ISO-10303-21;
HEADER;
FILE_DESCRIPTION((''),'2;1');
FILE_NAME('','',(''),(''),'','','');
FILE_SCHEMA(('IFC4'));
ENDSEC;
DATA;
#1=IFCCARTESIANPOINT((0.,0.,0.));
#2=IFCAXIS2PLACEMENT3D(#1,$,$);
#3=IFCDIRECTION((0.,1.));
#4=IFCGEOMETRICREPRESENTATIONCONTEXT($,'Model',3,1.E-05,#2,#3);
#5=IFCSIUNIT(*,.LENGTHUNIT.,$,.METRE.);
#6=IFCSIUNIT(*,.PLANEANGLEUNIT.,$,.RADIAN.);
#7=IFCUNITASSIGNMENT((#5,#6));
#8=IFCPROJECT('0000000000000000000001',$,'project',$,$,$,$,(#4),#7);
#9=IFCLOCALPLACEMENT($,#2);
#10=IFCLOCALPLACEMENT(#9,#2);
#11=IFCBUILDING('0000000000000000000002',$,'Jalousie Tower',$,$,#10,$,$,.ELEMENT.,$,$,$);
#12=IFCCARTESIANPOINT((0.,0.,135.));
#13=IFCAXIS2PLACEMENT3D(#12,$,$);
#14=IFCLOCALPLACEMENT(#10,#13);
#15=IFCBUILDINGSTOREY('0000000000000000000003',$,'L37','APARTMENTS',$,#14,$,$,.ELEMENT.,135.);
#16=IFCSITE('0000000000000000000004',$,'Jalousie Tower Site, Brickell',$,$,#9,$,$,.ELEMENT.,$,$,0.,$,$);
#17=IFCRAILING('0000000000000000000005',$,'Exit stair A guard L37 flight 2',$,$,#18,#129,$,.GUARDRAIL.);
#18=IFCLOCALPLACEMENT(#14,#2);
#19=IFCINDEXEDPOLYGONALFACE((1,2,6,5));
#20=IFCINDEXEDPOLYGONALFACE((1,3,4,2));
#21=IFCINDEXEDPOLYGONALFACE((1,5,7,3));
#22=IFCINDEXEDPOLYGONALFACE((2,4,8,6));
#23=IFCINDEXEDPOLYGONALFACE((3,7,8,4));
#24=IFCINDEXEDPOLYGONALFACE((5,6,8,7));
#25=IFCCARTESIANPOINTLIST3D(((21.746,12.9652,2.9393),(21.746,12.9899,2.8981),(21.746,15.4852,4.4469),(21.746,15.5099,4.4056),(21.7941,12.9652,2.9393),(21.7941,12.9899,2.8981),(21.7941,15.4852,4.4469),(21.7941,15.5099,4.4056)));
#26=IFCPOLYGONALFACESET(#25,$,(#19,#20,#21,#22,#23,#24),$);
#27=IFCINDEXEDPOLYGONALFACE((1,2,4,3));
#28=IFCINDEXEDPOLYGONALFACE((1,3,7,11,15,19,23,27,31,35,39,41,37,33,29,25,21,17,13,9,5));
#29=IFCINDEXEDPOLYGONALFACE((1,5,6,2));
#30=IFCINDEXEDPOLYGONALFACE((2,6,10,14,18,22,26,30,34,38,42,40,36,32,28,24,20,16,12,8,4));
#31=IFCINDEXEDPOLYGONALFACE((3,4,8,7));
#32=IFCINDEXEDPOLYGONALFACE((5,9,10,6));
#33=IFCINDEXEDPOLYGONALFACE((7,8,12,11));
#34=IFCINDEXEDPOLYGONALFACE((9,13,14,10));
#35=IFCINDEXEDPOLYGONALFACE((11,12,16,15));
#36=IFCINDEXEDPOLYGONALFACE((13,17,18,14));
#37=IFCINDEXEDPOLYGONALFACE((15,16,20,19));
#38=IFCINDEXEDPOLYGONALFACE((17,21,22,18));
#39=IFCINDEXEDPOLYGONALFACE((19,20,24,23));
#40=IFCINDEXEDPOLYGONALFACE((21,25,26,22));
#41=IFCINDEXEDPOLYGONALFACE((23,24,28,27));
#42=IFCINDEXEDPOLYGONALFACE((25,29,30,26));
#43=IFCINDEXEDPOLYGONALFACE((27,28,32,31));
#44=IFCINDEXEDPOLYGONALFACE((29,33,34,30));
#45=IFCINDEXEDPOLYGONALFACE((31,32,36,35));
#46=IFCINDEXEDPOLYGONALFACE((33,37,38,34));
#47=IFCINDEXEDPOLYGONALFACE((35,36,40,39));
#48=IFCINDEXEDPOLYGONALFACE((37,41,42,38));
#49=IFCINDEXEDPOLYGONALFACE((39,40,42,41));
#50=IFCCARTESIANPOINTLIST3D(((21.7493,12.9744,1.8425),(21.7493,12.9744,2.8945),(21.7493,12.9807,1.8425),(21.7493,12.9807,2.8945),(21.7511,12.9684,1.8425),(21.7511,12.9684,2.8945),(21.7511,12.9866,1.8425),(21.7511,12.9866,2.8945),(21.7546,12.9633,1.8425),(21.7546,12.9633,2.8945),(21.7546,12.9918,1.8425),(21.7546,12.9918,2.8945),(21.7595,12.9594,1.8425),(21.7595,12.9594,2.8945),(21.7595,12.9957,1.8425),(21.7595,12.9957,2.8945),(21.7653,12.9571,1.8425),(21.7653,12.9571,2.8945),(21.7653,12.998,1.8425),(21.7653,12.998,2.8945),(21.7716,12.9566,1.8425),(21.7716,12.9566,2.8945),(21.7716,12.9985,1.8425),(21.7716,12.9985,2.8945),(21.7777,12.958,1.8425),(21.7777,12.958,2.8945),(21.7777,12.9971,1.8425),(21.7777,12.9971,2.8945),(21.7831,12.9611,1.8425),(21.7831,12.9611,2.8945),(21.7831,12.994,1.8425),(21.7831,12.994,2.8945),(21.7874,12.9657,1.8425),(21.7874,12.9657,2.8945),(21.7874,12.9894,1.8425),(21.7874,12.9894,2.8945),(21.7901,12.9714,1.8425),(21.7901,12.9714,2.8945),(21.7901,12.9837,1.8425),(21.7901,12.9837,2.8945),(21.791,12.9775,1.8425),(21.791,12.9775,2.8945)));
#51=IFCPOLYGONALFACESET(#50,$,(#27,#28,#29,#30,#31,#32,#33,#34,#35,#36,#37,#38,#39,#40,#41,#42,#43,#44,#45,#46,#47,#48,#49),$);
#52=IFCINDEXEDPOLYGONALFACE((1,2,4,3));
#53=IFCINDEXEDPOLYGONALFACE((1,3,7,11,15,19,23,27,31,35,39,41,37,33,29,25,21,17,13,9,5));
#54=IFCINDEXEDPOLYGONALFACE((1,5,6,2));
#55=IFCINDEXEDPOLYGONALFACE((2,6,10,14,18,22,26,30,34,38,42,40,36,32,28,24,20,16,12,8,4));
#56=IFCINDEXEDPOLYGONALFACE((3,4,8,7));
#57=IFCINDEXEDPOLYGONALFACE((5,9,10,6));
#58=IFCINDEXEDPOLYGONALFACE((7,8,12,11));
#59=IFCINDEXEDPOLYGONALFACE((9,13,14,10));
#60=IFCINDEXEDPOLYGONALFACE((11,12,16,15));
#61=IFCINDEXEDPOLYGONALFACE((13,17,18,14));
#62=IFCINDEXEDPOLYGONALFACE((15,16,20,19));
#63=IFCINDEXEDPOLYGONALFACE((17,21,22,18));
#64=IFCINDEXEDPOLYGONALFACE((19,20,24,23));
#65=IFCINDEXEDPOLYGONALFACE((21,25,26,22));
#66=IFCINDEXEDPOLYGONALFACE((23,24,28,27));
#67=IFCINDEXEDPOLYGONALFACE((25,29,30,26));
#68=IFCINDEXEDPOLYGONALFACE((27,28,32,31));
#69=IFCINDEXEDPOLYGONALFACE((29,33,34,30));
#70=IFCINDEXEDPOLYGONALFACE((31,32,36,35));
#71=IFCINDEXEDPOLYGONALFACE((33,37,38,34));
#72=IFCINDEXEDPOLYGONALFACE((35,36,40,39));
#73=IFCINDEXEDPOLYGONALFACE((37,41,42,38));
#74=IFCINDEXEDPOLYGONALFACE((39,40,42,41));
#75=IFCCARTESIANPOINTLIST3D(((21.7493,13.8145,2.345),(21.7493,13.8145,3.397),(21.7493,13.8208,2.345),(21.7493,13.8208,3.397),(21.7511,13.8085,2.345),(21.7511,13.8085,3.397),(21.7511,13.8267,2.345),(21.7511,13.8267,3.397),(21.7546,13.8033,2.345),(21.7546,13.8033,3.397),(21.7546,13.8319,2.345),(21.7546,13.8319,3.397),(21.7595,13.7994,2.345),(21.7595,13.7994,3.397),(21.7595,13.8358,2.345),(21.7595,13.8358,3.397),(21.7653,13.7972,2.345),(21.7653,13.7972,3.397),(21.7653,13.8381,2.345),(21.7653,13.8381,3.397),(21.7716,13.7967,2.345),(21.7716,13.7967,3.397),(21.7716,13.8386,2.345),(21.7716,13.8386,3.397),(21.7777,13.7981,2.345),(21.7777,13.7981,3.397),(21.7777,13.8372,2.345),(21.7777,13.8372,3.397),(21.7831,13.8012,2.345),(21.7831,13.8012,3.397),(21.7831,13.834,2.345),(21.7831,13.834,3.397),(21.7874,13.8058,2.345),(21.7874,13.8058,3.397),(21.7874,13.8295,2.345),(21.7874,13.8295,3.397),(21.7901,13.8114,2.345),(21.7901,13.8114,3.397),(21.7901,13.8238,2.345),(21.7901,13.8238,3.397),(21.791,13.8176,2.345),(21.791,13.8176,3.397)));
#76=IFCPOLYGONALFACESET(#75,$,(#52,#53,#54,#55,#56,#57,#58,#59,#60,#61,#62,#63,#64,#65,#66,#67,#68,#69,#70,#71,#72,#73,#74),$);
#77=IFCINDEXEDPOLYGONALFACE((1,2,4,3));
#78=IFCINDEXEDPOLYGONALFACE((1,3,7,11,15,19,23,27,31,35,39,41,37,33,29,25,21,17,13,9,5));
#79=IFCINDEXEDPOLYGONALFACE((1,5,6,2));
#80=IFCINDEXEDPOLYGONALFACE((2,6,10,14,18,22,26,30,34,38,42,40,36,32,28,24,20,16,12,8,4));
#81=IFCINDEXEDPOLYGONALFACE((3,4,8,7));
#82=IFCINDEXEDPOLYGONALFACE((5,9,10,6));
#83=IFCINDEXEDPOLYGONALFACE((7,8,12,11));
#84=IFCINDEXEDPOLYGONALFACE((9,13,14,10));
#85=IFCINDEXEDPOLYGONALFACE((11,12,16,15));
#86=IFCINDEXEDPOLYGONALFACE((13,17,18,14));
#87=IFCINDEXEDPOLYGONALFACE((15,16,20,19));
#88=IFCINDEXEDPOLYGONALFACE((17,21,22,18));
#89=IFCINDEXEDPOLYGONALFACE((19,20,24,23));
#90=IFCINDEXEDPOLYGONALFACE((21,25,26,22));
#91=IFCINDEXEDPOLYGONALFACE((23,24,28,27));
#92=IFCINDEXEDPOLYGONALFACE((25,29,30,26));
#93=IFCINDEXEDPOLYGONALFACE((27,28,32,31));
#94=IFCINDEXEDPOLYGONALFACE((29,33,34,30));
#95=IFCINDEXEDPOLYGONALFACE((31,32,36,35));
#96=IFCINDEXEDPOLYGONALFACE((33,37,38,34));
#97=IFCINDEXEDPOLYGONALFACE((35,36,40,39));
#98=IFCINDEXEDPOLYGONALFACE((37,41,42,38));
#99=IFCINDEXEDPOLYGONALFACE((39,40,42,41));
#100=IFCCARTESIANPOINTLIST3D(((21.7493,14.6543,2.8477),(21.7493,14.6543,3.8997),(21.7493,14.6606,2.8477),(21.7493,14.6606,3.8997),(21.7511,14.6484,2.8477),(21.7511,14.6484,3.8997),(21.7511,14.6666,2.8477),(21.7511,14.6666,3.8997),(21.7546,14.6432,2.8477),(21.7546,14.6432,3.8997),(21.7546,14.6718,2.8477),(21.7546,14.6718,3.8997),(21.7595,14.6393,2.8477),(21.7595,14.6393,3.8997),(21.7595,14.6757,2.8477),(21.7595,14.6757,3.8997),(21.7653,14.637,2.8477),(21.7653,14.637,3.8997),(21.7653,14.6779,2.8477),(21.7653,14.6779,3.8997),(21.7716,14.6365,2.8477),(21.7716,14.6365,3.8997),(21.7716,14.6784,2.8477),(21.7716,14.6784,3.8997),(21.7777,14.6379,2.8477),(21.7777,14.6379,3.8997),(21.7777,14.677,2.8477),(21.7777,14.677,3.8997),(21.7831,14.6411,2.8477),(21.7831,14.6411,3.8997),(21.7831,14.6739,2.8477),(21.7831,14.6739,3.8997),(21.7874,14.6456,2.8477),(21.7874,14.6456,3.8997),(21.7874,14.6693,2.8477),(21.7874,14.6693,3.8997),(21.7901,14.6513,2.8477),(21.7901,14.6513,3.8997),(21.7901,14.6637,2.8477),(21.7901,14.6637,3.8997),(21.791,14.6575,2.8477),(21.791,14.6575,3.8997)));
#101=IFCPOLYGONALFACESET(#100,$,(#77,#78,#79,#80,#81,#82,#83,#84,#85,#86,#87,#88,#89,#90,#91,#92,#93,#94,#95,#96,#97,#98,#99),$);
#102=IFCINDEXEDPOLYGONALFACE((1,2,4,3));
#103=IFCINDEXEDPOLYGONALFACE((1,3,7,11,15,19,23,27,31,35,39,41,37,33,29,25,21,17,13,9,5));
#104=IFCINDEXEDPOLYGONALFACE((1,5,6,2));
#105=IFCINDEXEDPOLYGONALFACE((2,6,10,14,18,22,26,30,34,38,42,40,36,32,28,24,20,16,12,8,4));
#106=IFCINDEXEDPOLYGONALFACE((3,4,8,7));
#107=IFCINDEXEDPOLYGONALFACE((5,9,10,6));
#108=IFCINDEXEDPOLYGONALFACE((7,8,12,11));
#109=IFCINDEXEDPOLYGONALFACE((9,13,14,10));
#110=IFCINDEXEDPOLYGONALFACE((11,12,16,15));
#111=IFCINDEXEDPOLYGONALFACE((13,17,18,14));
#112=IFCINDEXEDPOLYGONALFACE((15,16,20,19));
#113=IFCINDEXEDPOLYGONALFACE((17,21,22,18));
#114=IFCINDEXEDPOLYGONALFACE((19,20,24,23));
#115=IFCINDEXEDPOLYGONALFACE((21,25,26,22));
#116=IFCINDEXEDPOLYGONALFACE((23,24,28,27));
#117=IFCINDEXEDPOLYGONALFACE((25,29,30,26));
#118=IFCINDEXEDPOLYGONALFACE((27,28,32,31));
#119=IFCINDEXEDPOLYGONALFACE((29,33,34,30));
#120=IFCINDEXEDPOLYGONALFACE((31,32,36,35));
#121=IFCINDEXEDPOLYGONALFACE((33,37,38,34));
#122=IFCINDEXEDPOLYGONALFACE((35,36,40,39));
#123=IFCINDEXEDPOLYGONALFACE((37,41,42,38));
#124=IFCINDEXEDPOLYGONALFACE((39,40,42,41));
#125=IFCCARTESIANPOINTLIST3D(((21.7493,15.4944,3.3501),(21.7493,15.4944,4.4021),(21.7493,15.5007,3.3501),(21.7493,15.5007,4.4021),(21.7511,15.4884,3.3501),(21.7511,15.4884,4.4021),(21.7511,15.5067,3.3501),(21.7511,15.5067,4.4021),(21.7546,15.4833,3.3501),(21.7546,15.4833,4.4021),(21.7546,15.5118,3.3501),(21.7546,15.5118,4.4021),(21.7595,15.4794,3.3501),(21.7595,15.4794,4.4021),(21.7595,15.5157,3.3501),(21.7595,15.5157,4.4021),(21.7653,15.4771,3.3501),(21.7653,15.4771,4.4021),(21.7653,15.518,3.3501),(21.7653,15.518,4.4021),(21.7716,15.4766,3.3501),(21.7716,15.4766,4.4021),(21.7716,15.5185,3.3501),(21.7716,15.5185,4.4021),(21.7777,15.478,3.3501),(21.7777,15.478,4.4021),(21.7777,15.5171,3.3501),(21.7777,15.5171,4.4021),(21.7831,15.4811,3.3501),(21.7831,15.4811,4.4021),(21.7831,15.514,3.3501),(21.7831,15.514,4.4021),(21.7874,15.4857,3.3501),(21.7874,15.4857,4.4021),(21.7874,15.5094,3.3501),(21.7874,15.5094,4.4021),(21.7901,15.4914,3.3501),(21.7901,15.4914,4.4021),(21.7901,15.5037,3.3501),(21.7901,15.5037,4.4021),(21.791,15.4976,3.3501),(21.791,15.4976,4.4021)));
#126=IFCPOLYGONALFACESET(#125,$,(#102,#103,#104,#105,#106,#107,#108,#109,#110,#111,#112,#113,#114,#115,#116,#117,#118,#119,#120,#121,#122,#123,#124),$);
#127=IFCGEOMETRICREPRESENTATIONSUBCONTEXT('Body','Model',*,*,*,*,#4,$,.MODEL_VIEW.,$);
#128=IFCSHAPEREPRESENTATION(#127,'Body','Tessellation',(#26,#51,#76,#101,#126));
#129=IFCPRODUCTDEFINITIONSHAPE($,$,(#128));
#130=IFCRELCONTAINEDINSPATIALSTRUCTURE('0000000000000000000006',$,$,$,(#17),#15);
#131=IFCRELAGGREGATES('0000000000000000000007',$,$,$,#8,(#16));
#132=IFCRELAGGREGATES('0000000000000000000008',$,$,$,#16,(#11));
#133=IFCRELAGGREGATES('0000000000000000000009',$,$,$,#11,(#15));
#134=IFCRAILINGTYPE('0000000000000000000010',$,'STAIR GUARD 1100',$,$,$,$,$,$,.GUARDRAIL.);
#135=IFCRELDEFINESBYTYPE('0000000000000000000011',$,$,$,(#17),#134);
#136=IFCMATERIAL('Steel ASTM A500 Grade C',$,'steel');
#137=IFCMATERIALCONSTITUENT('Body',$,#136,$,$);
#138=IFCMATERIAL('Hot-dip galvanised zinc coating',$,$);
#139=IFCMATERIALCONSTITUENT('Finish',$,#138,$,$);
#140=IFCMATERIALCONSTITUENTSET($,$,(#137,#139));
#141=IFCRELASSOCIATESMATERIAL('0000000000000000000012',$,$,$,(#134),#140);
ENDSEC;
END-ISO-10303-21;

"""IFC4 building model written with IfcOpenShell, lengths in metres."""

from ifc_helpers import new_model, si_unit, direction, frame, origin, origin_2d, place, context, subcontext, project, spatial, rectangle, circle, extrude, material, constituent, constituent_set, type_object, element, save


model = new_model("IFC4")

# Units and contexts
model_context = context("Model", 3, precision=1e-05, world=origin(), true_north=direction((0.0, 1.0)))
body_context = subcontext(model_context, "Body", "Model", "MODEL_VIEW")
ifc_project = project(units=[si_unit("LENGTHUNIT", "METRE"), si_unit("PLANEANGLEUNIT", "RADIAN")], contexts=[model_context])

# Site, building, storey
site_placement = place(None, origin())
site = spatial("IfcSite", under=ifc_project, at=site_placement, Name="Jalousie Tower Site, Brickell", CompositionType="ELEMENT", RefElevation=0.0)
building_placement = place(site_placement, origin())
building = spatial("IfcBuilding", under=site, at=building_placement, Name="Jalousie Tower", CompositionType="ELEMENT")
storey_placement = place(building_placement, frame((0.0, 0.0, 135.0)))
storey = spatial("IfcBuildingStorey", under=building, at=storey_placement, Name="L37", Description="APARTMENTS", CompositionType="ELEMENT", Elevation=135.0)

# Railing
ifc_material_1 = material(Name="Steel ASTM A500 Grade C", Category="steel")
ifc_constituent_1 = constituent(ifc_material_1, Name="Body")
ifc_material_2 = material(Name="Hot-dip galvanised zinc coating")
ifc_constituent_2 = constituent(ifc_material_2, Name="Finish")
ifc_constituent_set_1 = constituent_set(constituents=[ifc_constituent_1, ifc_constituent_2])
railing_type_1 = type_object("IfcRailingType", Name="STAIR GUARD 1100", PredefinedType="GUARDRAIL", material=ifc_constituent_set_1)
railing_1_placement = place(storey_placement, frame((21.77, 12.9775, 1.8425)))
element("IfcRailing", 1, at=railing_1_placement, inside=storey, type_object=railing_type_1, Name="Exit stair A guard L37 flight 2", PredefinedType="GUARDRAIL", context=body_context, shape_type="SweptSolid", body=[
    extrude(rectangle(XDim=0.0481, YDim=0.0481, at=origin_2d()), frame((0.0, 0.0, 1.0762), z_axis=(0.0, 0.85816, 0.513383), x_axis=(-1.0, 0.0, 0.0)), (0.0, 0.0, 1.0), 2.9365),
    extrude(circle(Radius=0.021, at=origin_2d()), origin(), (0.0, 0.0, 1.0), 1.052),
    extrude(circle(Radius=0.021, at=origin_2d()), frame((0.0, 0.8401, 0.5024)), (0.0, 0.0, 1.0), 1.052),
    extrude(circle(Radius=0.021, at=origin_2d()), frame((0.0, 1.6799, 1.0051)), (0.0, 0.0, 1.0), 1.052),
    extrude(circle(Radius=0.021, at=origin_2d()), frame((0.0, 2.52, 1.5076)), (0.0, 0.0, 1.0), 1.052),
])

save(model, "model.ifc")
